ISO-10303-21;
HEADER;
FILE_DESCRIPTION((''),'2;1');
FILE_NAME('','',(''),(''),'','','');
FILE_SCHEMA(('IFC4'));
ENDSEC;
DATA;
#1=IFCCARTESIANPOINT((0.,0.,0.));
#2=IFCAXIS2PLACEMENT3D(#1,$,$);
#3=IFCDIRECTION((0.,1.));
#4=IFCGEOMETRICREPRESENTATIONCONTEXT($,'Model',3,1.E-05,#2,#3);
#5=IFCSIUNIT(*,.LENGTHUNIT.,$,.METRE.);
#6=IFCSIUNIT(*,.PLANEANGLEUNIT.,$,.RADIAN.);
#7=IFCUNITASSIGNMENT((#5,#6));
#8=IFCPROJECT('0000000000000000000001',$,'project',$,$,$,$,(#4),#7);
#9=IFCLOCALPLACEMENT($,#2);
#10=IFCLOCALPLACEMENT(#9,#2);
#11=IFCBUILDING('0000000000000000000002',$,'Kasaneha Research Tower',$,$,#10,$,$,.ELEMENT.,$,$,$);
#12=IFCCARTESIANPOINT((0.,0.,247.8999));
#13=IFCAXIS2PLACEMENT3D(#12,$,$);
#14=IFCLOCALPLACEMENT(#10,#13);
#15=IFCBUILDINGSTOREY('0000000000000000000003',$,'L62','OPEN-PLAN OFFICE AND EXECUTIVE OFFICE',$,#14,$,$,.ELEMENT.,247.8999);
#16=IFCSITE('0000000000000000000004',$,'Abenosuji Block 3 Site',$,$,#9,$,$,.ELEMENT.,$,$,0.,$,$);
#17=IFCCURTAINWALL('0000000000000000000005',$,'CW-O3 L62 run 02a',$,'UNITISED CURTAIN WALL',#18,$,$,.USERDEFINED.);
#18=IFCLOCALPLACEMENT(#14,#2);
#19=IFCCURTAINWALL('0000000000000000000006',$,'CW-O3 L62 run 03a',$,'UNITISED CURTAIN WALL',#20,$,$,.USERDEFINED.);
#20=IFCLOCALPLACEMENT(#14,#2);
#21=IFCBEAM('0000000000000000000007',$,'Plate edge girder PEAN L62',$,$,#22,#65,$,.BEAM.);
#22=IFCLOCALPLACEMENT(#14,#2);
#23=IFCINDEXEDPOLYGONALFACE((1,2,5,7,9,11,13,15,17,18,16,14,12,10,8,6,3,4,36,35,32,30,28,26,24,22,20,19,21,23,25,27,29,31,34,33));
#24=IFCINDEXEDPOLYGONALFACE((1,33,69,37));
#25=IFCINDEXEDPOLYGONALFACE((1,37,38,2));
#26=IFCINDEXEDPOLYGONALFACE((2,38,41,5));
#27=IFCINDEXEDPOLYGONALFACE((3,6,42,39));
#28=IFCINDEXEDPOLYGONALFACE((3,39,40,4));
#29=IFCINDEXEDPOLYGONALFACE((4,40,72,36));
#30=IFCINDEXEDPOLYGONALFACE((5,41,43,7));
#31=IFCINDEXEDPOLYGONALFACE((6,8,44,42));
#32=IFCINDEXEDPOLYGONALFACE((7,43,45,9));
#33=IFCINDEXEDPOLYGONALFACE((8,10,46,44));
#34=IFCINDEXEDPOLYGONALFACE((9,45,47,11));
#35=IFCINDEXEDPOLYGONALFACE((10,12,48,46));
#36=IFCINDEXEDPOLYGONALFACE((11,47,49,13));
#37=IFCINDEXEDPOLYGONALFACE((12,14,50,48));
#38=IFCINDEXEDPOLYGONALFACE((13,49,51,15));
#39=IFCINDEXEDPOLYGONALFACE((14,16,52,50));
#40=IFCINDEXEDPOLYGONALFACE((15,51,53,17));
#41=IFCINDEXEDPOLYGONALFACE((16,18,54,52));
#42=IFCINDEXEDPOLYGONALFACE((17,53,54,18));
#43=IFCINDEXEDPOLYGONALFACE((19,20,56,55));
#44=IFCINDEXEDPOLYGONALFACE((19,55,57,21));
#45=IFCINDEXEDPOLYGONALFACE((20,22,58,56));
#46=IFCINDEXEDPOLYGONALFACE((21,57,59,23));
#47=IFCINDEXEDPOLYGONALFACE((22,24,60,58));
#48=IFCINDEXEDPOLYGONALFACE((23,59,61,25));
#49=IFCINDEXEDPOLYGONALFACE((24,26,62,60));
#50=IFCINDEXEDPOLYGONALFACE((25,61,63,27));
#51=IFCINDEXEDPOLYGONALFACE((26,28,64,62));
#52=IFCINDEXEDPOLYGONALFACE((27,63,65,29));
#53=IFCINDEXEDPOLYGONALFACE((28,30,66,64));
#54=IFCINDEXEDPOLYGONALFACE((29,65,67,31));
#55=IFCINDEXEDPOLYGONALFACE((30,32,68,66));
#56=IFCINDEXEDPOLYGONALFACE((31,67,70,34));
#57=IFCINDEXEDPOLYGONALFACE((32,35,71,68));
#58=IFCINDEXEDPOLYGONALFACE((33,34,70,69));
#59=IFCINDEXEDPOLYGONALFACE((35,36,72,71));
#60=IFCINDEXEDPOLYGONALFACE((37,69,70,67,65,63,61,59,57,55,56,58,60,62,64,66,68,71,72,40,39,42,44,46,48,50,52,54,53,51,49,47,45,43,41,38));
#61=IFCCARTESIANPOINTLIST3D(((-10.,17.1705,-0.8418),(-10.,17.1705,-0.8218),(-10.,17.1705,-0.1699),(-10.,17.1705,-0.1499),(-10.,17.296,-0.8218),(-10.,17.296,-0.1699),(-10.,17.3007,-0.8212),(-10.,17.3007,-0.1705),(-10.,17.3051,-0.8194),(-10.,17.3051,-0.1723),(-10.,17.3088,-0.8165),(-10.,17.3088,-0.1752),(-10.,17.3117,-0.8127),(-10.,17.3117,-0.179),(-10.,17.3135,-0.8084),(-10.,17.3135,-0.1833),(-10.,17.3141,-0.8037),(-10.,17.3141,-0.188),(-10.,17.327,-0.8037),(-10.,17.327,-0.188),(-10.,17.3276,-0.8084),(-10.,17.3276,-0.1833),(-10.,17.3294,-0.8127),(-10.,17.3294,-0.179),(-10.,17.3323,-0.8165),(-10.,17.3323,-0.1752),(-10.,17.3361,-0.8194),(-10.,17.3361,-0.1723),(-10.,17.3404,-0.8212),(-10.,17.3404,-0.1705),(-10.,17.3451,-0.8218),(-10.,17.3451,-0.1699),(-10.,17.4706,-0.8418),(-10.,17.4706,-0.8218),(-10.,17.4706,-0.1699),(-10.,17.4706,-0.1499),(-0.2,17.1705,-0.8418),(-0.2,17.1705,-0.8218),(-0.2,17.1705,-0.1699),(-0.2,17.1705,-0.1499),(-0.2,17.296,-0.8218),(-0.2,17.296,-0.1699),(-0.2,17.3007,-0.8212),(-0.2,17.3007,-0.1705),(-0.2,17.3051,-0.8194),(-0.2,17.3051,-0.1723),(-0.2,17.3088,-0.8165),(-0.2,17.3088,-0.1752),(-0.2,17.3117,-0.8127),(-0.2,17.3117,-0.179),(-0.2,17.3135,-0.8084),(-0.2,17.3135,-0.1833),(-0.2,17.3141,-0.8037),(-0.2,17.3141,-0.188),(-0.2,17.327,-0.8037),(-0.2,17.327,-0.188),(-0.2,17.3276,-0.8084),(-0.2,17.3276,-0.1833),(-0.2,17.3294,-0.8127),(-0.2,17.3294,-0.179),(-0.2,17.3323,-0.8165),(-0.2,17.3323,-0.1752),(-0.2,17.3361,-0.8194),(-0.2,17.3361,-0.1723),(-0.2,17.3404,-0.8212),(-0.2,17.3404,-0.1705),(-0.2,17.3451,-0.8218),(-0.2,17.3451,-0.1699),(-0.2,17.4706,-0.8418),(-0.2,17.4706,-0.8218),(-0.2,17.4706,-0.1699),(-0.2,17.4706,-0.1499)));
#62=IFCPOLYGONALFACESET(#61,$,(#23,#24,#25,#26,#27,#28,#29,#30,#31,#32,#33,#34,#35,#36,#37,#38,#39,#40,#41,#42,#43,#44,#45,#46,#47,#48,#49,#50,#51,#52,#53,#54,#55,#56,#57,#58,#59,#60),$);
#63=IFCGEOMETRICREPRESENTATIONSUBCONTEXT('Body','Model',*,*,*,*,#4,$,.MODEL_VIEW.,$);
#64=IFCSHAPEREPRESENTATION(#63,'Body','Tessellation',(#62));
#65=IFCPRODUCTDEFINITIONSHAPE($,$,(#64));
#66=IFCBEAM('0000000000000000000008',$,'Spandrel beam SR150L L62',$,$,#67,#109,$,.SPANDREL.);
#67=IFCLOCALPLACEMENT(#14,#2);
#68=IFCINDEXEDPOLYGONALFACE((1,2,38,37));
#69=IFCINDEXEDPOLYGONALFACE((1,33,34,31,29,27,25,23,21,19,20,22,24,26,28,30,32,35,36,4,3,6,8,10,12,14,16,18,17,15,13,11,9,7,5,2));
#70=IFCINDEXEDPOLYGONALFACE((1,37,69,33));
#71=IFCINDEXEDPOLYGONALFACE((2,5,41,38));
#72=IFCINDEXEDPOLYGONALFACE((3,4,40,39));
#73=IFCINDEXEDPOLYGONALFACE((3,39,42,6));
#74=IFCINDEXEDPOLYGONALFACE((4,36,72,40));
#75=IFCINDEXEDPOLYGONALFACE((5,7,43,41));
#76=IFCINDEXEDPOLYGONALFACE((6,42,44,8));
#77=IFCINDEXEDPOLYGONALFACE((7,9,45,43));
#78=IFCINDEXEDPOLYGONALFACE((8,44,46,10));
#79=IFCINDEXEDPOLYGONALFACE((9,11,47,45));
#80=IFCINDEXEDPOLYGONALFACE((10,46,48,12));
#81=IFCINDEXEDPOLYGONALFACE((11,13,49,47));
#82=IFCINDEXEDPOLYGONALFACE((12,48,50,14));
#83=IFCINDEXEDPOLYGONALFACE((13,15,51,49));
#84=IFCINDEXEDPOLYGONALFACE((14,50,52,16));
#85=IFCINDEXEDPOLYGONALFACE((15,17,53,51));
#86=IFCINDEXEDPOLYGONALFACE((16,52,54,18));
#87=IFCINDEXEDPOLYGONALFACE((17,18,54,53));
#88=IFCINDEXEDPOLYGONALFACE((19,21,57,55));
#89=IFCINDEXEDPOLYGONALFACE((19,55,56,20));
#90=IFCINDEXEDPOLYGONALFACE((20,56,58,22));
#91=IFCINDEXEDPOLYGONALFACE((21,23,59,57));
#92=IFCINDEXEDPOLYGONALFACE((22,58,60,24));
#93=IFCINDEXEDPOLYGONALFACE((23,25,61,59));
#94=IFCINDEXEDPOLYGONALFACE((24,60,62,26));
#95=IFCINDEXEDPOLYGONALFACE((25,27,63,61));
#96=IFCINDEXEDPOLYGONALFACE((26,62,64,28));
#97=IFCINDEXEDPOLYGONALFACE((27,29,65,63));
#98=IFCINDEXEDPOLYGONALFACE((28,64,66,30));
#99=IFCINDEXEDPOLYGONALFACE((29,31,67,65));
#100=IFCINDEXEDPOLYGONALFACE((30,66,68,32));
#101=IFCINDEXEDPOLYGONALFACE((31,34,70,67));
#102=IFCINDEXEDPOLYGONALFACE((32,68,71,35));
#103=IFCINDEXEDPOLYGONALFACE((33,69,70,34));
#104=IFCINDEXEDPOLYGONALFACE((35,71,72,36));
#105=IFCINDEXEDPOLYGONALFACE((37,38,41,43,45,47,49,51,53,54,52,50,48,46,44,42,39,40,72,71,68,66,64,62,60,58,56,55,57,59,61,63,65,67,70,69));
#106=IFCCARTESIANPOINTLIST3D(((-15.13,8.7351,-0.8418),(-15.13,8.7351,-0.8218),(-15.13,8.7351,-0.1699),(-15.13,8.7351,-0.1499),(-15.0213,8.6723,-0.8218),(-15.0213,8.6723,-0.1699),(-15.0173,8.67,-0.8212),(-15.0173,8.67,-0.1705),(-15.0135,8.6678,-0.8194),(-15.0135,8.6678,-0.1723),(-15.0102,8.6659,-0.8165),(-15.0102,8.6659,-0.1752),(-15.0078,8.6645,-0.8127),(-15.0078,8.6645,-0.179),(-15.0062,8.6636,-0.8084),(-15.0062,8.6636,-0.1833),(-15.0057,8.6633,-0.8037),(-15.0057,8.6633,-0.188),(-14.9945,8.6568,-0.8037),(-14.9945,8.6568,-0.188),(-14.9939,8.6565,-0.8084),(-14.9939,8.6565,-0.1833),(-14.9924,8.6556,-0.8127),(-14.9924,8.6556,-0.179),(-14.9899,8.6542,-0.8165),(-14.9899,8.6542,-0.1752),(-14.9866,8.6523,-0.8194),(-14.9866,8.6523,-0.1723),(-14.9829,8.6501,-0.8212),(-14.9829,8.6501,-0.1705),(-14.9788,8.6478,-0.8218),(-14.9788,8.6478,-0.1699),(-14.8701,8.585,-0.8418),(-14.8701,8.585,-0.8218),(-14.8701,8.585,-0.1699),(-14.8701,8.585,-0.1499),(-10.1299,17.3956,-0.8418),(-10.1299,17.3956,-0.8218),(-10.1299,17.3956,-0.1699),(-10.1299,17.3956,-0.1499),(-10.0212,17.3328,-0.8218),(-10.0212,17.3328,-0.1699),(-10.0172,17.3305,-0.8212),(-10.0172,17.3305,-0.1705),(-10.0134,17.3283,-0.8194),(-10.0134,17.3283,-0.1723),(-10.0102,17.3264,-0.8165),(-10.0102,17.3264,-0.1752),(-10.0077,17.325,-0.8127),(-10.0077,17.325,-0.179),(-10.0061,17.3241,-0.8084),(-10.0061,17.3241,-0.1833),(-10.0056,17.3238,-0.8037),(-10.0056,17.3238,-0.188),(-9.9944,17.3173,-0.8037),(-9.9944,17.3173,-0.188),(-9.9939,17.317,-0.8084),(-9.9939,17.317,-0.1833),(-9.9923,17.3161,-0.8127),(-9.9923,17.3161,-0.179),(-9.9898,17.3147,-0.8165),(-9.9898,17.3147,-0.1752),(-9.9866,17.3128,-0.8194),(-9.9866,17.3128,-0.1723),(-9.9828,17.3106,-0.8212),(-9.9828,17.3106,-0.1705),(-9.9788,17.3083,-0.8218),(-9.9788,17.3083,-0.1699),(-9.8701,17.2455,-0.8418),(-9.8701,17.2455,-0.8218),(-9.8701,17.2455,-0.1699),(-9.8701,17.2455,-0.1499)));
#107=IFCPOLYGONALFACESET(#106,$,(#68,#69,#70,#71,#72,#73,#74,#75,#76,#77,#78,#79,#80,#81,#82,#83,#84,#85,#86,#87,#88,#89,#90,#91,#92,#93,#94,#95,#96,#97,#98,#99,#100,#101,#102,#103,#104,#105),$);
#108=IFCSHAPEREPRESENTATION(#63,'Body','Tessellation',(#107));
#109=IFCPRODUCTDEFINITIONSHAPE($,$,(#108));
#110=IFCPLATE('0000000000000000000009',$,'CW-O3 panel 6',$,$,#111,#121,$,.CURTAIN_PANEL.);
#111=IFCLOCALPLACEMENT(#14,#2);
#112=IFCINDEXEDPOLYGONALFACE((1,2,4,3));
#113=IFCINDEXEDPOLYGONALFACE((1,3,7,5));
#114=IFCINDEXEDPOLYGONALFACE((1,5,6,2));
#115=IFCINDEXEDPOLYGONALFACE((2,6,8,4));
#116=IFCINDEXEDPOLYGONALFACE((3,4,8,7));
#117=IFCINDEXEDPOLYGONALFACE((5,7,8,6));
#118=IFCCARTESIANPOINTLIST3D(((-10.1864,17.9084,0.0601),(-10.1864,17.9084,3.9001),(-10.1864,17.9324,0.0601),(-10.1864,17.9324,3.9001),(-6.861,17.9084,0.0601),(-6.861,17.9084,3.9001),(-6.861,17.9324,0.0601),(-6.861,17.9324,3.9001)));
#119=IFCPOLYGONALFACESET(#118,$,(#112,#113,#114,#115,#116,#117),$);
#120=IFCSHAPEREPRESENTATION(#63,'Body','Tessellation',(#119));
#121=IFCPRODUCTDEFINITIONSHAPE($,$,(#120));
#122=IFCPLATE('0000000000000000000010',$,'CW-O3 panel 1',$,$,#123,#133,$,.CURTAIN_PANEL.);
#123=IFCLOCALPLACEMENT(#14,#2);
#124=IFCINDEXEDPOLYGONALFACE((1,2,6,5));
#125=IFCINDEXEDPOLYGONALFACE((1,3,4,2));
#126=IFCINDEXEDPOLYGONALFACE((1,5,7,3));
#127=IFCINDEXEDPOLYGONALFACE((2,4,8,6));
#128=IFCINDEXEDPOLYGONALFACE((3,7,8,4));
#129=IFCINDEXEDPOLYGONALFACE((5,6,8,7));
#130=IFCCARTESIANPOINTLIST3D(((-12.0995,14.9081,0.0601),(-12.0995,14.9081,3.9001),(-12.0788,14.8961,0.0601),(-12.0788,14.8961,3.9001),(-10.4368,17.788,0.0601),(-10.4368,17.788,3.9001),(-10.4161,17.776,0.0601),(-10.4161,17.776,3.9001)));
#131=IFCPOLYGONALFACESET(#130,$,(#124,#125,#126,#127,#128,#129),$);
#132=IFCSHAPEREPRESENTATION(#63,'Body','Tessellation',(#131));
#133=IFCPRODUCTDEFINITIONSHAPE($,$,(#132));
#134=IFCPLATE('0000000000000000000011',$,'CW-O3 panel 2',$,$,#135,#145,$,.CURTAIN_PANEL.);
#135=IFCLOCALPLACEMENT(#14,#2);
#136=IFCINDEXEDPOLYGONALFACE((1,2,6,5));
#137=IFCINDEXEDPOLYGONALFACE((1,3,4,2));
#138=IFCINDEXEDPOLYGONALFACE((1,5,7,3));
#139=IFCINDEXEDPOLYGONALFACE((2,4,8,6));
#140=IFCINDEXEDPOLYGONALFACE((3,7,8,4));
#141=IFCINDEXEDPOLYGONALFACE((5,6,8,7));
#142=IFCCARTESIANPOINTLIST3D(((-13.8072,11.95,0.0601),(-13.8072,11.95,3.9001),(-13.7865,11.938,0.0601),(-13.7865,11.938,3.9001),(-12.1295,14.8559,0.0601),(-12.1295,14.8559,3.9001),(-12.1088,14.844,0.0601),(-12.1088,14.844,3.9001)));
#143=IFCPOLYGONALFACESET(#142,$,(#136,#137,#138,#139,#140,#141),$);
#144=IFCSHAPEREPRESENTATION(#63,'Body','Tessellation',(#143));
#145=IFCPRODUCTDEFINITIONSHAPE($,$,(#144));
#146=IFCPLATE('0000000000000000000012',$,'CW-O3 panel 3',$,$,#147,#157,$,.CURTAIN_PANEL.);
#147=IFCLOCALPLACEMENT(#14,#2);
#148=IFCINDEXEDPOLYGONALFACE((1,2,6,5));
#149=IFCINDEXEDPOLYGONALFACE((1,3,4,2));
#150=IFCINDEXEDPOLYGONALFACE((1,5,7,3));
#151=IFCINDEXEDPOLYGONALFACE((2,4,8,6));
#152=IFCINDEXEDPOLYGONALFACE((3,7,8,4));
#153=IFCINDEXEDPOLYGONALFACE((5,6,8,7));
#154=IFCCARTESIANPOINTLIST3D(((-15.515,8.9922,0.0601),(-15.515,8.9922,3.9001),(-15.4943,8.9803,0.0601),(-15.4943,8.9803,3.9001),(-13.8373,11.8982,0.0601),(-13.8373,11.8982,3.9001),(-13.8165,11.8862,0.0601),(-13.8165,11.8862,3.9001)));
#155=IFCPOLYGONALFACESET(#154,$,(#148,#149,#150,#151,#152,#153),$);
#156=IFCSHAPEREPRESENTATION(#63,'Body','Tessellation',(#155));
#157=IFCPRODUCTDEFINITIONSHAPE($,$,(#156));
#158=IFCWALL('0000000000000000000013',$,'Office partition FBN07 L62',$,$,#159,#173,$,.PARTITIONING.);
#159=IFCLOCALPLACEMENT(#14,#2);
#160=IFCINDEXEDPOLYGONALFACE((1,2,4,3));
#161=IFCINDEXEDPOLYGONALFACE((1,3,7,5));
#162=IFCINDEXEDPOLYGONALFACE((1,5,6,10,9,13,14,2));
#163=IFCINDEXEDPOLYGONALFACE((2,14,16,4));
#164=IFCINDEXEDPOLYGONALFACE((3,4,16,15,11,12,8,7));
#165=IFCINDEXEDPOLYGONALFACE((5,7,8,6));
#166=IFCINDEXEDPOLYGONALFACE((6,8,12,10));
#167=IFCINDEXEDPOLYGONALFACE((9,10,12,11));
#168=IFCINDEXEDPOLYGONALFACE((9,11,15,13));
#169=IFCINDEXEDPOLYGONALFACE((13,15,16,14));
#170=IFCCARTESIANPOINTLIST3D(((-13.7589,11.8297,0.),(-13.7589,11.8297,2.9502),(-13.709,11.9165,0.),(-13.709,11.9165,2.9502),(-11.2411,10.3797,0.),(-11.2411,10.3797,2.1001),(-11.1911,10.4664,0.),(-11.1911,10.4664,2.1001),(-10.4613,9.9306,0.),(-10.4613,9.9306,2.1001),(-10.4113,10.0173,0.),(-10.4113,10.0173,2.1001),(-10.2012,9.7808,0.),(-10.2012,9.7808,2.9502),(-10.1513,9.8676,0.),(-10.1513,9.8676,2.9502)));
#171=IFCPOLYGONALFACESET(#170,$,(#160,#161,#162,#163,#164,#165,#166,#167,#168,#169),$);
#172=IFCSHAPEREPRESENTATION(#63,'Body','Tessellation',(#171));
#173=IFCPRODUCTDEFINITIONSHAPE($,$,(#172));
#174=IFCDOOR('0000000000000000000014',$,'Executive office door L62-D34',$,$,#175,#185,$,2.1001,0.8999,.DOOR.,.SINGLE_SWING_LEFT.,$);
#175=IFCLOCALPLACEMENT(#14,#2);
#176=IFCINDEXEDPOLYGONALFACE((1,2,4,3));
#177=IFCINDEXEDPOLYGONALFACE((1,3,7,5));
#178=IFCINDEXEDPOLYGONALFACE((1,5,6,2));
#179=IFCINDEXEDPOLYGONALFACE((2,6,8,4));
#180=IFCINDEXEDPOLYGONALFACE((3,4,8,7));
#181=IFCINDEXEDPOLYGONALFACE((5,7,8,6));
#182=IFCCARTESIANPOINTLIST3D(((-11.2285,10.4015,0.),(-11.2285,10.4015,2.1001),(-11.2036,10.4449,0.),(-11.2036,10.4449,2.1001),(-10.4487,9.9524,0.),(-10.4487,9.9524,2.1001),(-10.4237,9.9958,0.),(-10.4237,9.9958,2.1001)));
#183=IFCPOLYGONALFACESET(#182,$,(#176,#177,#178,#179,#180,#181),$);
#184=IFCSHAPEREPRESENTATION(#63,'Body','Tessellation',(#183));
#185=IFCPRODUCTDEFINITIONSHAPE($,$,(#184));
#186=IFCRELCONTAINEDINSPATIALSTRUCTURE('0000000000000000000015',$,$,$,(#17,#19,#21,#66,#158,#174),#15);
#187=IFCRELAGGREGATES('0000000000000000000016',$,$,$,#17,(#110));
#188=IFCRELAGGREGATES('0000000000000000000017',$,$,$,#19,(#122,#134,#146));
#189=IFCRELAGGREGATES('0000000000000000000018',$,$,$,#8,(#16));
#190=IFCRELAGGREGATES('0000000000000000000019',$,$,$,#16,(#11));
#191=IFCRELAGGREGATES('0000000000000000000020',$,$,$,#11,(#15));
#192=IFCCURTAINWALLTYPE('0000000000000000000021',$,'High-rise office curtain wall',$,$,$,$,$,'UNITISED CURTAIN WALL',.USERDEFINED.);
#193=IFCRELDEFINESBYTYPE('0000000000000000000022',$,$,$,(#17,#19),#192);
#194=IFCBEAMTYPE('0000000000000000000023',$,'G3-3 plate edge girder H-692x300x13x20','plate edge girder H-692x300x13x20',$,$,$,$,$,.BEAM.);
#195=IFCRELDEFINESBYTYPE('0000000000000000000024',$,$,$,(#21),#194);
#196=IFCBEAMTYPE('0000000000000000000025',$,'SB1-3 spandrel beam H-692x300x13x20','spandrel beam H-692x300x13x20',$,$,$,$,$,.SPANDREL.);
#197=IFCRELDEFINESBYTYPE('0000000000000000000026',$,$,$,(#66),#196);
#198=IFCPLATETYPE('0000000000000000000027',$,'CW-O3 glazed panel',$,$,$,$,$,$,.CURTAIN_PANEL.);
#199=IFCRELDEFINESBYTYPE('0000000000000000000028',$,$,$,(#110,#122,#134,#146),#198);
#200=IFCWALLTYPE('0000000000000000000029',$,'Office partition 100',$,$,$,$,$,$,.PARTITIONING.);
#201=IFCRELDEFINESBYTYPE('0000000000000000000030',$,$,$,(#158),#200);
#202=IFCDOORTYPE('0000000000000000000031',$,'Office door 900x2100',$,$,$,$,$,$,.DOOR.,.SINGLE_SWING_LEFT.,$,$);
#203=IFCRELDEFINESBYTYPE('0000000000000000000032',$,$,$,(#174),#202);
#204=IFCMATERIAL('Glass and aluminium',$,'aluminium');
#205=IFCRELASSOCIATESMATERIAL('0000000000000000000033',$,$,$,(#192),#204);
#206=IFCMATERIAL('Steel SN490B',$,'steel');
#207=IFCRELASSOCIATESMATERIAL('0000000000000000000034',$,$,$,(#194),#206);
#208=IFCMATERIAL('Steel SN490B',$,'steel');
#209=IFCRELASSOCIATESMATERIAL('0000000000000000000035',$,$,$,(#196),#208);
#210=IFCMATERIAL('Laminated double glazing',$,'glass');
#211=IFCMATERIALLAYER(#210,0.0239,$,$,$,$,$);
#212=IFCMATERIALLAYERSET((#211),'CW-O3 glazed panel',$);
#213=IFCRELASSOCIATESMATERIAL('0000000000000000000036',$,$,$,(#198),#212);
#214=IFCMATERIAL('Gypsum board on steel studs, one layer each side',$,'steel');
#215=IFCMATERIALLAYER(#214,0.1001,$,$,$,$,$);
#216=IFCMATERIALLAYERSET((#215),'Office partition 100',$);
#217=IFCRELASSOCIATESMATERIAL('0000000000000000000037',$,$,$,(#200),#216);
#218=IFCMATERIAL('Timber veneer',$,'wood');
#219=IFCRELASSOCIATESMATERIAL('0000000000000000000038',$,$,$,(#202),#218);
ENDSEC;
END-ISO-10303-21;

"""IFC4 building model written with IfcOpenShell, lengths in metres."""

from ifc_helpers import new_model, si_unit, direction, frame, frame_2d, origin, origin_2d, place, context, subcontext, project, spatial, rectangle, i_section, extrude, material, layer, layer_set, material_profile, profile_set, type_object, element, fill, aggregate, save


model = new_model("IFC4")

# Units and contexts
model_context = context("Model", 3, precision=1e-05, world=origin(), true_north=direction((0.0, 1.0)))
body_context = subcontext(model_context, "Body", "Model", "MODEL_VIEW")
ifc_project = project(units=[si_unit("LENGTHUNIT", "METRE"), si_unit("PLANEANGLEUNIT", "RADIAN")], contexts=[model_context])

# Site, building, storey
site_placement = place(None, origin())
site = spatial("IfcSite", under=ifc_project, at=site_placement, Name="Abenosuji Block 3 Site", CompositionType="ELEMENT", RefElevation=0.0)
building_placement = place(site_placement, origin())
building = spatial("IfcBuilding", under=site, at=building_placement, Name="Kasaneha Research Tower", CompositionType="ELEMENT")
storey_placement = place(building_placement, frame((0.0, 0.0, 247.8999)))
storey = spatial("IfcBuildingStorey", under=building, at=storey_placement, Name="L62", Description="OPEN-PLAN OFFICE AND EXECUTIVE OFFICE", CompositionType="ELEMENT", Elevation=247.8999)

# Curtain walls
ifc_material_1 = material(Name="Glass and aluminium", Category="aluminium")
curtain_wall_type = type_object("IfcCurtainWallType", Name="High-rise office curtain wall", ElementType="UNITISED CURTAIN WALL", PredefinedType="USERDEFINED", material=ifc_material_1)
curtain_wall_1_placement = place(storey_placement, origin())
curtain_wall_1 = element("IfcCurtainWall", 1, at=curtain_wall_1_placement, inside=storey, type_object=curtain_wall_type, Name="CW-O3 L62 run 02a", ObjectType="UNITISED CURTAIN WALL", PredefinedType="USERDEFINED")
curtain_wall_2_placement = place(storey_placement, origin())
curtain_wall_2 = element("IfcCurtainWall", 2, at=curtain_wall_2_placement, inside=storey, type_object=curtain_wall_type, Name="CW-O3 L62 run 03a", ObjectType="UNITISED CURTAIN WALL", PredefinedType="USERDEFINED")

# Beams
ifc_material_2 = material(Name="Steel SN490B", Category="steel")
ifc_material_profile_1 = material_profile(ifc_material_2, i_section(OverallWidth=0.3, OverallDepth=0.6919, WebThickness=0.0129, FlangeThickness=0.02, FilletRadius=0.0181, at=origin_2d()), Name="H-692x300x13x20")
ifc_profile_set_1 = profile_set([ifc_material_profile_1], Name="Steel SN490B")
beam_type_1 = type_object("IfcBeamType", Name="G3-3 plate edge girder H-692x300x13x20", Description="plate edge girder H-692x300x13x20", PredefinedType="BEAM", material=ifc_profile_set_1)
beam_1_placement = place(storey_placement, frame((-10.0, 17.3206, -0.4958), z_axis=(1.0, 0.0, 0.0), x_axis=(0.0, 1.0, 0.0)))
element("IfcBeam", 3, at=beam_1_placement, inside=storey, type_object=beam_type_1, Name="Plate edge girder PEAN L62", PredefinedType="BEAM", context=body_context, shape_type="SweptSolid", body=[
    extrude(i_section(OverallWidth=0.3, OverallDepth=0.6919, WebThickness=0.0129, FlangeThickness=0.02, FilletRadius=0.0181, at=origin_2d()), origin(), (0.0, 0.0, 1.0), 9.8),
])
ifc_material_3 = material(Name="Steel SN490B", Category="steel")
ifc_material_profile_2 = material_profile(ifc_material_3, i_section(OverallWidth=0.3, OverallDepth=0.6919, WebThickness=0.0129, FlangeThickness=0.02, FilletRadius=0.0181, at=origin_2d()), Name="H-692x300x13x20")
ifc_profile_set_2 = profile_set([ifc_material_profile_2], Name="Steel SN490B")
beam_type_2 = type_object("IfcBeamType", Name="SB1-3 spandrel beam H-692x300x13x20", Description="spandrel beam H-692x300x13x20", PredefinedType="SPANDREL", material=ifc_profile_set_2)
beam_2_placement = place(storey_placement, frame((-10.0, 17.3206, -0.4958), z_axis=(-0.499994, -0.866029, 0.0), x_axis=(0.866029, -0.499994, 0.0)))
element("IfcBeam", 4, at=beam_2_placement, inside=storey, type_object=beam_type_2, Name="Spandrel beam SR150L L62", PredefinedType="SPANDREL", context=body_context, shape_type="SweptSolid", body=[
    extrude(i_section(OverallWidth=0.3, OverallDepth=0.6919, WebThickness=0.0129, FlangeThickness=0.02, FilletRadius=0.0181, at=origin_2d()), origin(), (0.0, 0.0, 1.0), 10.0002),
])

# Plates
ifc_material_4 = material(Name="Laminated double glazing", Category="glass")
ifc_layer_1 = layer(ifc_material_4, 0.0239)
ifc_layer_set_1 = layer_set([ifc_layer_1], Name="CW-O3 glazed panel")
plate_type = type_object("IfcPlateType", Name="CW-O3 glazed panel", PredefinedType="CURTAIN_PANEL", material=ifc_layer_set_1)
plate_1_placement = place(storey_placement, frame((-8.5237, 17.9204, 0.0601), z_axis=(0.0, 0.0, 1.0), x_axis=(-1.0, 0.0, 0.0)))
plate_1 = element("IfcPlate", 5, at=plate_1_placement, type_object=plate_type, Name="CW-O3 panel 6", PredefinedType="CURTAIN_PANEL", context=body_context, shape_type="SweptSolid", body=[
    extrude(rectangle(XDim=3.3254, YDim=0.0239, at=origin_2d()), origin(), (0.0, 0.0, 1.0), 3.8401),
])
aggregate(curtain_wall_1, [plate_1])
plate_2_placement = place(storey_placement, frame((-11.2578, 16.342, 0.0601), z_axis=(0.0, 0.0, 1.0), x_axis=(-0.5, -0.866025, 0.0)))
plate_2 = element("IfcPlate", 6, at=plate_2_placement, type_object=plate_type, Name="CW-O3 panel 1", PredefinedType="CURTAIN_PANEL", context=body_context, shape_type="SweptSolid", body=[
    extrude(rectangle(XDim=3.3254, YDim=0.0239, at=origin_2d()), origin(), (0.0, 0.0, 1.0), 3.8401),
])
plate_3_placement = place(storey_placement, frame((-12.958, 13.397, 0.0601), z_axis=(0.0, 0.0, 1.0), x_axis=(-0.5, -0.866025, 0.0)))
plate_3 = element("IfcPlate", 7, at=plate_3_placement, type_object=plate_type, Name="CW-O3 panel 2", PredefinedType="CURTAIN_PANEL", context=body_context, shape_type="SweptSolid", body=[
    extrude(rectangle(XDim=3.3555, YDim=0.0239, at=origin_2d()), origin(), (0.0, 0.0, 1.0), 3.8401),
])
plate_4_placement = place(storey_placement, frame((-14.6658, 10.4392, 0.0601), z_axis=(0.0, 0.0, 1.0), x_axis=(-0.5, -0.866025, 0.0)))
plate_4 = element("IfcPlate", 8, at=plate_4_placement, type_object=plate_type, Name="CW-O3 panel 3", PredefinedType="CURTAIN_PANEL", context=body_context, shape_type="SweptSolid", body=[
    extrude(rectangle(XDim=3.3555, YDim=0.0239, at=origin_2d()), origin(), (0.0, 0.0, 1.0), 3.8401),
])
aggregate(curtain_wall_2, [plate_2, plate_3, plate_4])

# Wall, opening, door
ifc_material_5 = material(Name="Gypsum board on steel studs, one layer each side", Category="steel")
ifc_layer_2 = layer(ifc_material_5, 0.1001)
ifc_layer_set_2 = layer_set([ifc_layer_2], Name="Office partition 100")
wall_type_1 = type_object("IfcWallType", Name="Office partition 100", PredefinedType="PARTITIONING", material=ifc_layer_set_2)
wall_1_placement = place(storey_placement, frame((-10.1763, 9.8242, 0.0), z_axis=(0.0, 0.0, 1.0), x_axis=(-0.866569, 0.499056, 0.0)))
wall_1 = element("IfcWall", 9, at=wall_1_placement, inside=storey, type_object=wall_type_1, Name="Office partition FBN07 L62", PredefinedType="PARTITIONING", context=body_context, shape_type="SweptSolid", body=[
    extrude(rectangle(XDim=4.1055, YDim=0.1001, at=frame_2d((2.0527, 0.0))), origin(), (0.0, 0.0, 1.0), 2.9502),
])
opening_1_placement = place(wall_1_placement, frame((0.3, 0.0, 0.0)))
opening_1 = element("IfcOpeningElement", 10, at=opening_1_placement, cuts=wall_1, PredefinedType="OPENING", context=body_context, shape_type="SweptSolid", body=[
    extrude(rectangle(XDim=0.8999, YDim=2.1001, at=frame_2d((0.45, 1.05))), frame((0.0, 0.0601, 0.0), z_axis=(0.0, -1.0, 0.0), x_axis=(1.0, 0.0, 0.0)), (0.0, 0.0, 1.0), 0.1201),
])
ifc_material_6 = material(Name="Timber veneer", Category="wood")
door_type_1 = type_object("IfcDoorType", Name="Office door 900x2100", OperationType="SINGLE_SWING_LEFT", PredefinedType="DOOR", material=ifc_material_6)
door_1_placement = place(opening_1_placement, origin())
door_1 = element("IfcDoor", 11, at=door_1_placement, inside=storey, type_object=door_type_1, Name="Executive office door L62-D34", OperationType="SINGLE_SWING_LEFT", OverallHeight=2.1001, OverallWidth=0.8999, PredefinedType="DOOR", context=body_context, shape_type="SweptSolid", body=[
    extrude(rectangle(XDim=0.8999, YDim=2.1001, at=frame_2d((0.45, 1.05))), frame((0.0, 0.0249, 0.0), z_axis=(0.0, -1.0, 0.0), x_axis=(1.0, 0.0, 0.0)), (0.0, 0.0, 1.0), 0.05),
])
fill(opening_1, door_1)

save(model, "model.ifc")
